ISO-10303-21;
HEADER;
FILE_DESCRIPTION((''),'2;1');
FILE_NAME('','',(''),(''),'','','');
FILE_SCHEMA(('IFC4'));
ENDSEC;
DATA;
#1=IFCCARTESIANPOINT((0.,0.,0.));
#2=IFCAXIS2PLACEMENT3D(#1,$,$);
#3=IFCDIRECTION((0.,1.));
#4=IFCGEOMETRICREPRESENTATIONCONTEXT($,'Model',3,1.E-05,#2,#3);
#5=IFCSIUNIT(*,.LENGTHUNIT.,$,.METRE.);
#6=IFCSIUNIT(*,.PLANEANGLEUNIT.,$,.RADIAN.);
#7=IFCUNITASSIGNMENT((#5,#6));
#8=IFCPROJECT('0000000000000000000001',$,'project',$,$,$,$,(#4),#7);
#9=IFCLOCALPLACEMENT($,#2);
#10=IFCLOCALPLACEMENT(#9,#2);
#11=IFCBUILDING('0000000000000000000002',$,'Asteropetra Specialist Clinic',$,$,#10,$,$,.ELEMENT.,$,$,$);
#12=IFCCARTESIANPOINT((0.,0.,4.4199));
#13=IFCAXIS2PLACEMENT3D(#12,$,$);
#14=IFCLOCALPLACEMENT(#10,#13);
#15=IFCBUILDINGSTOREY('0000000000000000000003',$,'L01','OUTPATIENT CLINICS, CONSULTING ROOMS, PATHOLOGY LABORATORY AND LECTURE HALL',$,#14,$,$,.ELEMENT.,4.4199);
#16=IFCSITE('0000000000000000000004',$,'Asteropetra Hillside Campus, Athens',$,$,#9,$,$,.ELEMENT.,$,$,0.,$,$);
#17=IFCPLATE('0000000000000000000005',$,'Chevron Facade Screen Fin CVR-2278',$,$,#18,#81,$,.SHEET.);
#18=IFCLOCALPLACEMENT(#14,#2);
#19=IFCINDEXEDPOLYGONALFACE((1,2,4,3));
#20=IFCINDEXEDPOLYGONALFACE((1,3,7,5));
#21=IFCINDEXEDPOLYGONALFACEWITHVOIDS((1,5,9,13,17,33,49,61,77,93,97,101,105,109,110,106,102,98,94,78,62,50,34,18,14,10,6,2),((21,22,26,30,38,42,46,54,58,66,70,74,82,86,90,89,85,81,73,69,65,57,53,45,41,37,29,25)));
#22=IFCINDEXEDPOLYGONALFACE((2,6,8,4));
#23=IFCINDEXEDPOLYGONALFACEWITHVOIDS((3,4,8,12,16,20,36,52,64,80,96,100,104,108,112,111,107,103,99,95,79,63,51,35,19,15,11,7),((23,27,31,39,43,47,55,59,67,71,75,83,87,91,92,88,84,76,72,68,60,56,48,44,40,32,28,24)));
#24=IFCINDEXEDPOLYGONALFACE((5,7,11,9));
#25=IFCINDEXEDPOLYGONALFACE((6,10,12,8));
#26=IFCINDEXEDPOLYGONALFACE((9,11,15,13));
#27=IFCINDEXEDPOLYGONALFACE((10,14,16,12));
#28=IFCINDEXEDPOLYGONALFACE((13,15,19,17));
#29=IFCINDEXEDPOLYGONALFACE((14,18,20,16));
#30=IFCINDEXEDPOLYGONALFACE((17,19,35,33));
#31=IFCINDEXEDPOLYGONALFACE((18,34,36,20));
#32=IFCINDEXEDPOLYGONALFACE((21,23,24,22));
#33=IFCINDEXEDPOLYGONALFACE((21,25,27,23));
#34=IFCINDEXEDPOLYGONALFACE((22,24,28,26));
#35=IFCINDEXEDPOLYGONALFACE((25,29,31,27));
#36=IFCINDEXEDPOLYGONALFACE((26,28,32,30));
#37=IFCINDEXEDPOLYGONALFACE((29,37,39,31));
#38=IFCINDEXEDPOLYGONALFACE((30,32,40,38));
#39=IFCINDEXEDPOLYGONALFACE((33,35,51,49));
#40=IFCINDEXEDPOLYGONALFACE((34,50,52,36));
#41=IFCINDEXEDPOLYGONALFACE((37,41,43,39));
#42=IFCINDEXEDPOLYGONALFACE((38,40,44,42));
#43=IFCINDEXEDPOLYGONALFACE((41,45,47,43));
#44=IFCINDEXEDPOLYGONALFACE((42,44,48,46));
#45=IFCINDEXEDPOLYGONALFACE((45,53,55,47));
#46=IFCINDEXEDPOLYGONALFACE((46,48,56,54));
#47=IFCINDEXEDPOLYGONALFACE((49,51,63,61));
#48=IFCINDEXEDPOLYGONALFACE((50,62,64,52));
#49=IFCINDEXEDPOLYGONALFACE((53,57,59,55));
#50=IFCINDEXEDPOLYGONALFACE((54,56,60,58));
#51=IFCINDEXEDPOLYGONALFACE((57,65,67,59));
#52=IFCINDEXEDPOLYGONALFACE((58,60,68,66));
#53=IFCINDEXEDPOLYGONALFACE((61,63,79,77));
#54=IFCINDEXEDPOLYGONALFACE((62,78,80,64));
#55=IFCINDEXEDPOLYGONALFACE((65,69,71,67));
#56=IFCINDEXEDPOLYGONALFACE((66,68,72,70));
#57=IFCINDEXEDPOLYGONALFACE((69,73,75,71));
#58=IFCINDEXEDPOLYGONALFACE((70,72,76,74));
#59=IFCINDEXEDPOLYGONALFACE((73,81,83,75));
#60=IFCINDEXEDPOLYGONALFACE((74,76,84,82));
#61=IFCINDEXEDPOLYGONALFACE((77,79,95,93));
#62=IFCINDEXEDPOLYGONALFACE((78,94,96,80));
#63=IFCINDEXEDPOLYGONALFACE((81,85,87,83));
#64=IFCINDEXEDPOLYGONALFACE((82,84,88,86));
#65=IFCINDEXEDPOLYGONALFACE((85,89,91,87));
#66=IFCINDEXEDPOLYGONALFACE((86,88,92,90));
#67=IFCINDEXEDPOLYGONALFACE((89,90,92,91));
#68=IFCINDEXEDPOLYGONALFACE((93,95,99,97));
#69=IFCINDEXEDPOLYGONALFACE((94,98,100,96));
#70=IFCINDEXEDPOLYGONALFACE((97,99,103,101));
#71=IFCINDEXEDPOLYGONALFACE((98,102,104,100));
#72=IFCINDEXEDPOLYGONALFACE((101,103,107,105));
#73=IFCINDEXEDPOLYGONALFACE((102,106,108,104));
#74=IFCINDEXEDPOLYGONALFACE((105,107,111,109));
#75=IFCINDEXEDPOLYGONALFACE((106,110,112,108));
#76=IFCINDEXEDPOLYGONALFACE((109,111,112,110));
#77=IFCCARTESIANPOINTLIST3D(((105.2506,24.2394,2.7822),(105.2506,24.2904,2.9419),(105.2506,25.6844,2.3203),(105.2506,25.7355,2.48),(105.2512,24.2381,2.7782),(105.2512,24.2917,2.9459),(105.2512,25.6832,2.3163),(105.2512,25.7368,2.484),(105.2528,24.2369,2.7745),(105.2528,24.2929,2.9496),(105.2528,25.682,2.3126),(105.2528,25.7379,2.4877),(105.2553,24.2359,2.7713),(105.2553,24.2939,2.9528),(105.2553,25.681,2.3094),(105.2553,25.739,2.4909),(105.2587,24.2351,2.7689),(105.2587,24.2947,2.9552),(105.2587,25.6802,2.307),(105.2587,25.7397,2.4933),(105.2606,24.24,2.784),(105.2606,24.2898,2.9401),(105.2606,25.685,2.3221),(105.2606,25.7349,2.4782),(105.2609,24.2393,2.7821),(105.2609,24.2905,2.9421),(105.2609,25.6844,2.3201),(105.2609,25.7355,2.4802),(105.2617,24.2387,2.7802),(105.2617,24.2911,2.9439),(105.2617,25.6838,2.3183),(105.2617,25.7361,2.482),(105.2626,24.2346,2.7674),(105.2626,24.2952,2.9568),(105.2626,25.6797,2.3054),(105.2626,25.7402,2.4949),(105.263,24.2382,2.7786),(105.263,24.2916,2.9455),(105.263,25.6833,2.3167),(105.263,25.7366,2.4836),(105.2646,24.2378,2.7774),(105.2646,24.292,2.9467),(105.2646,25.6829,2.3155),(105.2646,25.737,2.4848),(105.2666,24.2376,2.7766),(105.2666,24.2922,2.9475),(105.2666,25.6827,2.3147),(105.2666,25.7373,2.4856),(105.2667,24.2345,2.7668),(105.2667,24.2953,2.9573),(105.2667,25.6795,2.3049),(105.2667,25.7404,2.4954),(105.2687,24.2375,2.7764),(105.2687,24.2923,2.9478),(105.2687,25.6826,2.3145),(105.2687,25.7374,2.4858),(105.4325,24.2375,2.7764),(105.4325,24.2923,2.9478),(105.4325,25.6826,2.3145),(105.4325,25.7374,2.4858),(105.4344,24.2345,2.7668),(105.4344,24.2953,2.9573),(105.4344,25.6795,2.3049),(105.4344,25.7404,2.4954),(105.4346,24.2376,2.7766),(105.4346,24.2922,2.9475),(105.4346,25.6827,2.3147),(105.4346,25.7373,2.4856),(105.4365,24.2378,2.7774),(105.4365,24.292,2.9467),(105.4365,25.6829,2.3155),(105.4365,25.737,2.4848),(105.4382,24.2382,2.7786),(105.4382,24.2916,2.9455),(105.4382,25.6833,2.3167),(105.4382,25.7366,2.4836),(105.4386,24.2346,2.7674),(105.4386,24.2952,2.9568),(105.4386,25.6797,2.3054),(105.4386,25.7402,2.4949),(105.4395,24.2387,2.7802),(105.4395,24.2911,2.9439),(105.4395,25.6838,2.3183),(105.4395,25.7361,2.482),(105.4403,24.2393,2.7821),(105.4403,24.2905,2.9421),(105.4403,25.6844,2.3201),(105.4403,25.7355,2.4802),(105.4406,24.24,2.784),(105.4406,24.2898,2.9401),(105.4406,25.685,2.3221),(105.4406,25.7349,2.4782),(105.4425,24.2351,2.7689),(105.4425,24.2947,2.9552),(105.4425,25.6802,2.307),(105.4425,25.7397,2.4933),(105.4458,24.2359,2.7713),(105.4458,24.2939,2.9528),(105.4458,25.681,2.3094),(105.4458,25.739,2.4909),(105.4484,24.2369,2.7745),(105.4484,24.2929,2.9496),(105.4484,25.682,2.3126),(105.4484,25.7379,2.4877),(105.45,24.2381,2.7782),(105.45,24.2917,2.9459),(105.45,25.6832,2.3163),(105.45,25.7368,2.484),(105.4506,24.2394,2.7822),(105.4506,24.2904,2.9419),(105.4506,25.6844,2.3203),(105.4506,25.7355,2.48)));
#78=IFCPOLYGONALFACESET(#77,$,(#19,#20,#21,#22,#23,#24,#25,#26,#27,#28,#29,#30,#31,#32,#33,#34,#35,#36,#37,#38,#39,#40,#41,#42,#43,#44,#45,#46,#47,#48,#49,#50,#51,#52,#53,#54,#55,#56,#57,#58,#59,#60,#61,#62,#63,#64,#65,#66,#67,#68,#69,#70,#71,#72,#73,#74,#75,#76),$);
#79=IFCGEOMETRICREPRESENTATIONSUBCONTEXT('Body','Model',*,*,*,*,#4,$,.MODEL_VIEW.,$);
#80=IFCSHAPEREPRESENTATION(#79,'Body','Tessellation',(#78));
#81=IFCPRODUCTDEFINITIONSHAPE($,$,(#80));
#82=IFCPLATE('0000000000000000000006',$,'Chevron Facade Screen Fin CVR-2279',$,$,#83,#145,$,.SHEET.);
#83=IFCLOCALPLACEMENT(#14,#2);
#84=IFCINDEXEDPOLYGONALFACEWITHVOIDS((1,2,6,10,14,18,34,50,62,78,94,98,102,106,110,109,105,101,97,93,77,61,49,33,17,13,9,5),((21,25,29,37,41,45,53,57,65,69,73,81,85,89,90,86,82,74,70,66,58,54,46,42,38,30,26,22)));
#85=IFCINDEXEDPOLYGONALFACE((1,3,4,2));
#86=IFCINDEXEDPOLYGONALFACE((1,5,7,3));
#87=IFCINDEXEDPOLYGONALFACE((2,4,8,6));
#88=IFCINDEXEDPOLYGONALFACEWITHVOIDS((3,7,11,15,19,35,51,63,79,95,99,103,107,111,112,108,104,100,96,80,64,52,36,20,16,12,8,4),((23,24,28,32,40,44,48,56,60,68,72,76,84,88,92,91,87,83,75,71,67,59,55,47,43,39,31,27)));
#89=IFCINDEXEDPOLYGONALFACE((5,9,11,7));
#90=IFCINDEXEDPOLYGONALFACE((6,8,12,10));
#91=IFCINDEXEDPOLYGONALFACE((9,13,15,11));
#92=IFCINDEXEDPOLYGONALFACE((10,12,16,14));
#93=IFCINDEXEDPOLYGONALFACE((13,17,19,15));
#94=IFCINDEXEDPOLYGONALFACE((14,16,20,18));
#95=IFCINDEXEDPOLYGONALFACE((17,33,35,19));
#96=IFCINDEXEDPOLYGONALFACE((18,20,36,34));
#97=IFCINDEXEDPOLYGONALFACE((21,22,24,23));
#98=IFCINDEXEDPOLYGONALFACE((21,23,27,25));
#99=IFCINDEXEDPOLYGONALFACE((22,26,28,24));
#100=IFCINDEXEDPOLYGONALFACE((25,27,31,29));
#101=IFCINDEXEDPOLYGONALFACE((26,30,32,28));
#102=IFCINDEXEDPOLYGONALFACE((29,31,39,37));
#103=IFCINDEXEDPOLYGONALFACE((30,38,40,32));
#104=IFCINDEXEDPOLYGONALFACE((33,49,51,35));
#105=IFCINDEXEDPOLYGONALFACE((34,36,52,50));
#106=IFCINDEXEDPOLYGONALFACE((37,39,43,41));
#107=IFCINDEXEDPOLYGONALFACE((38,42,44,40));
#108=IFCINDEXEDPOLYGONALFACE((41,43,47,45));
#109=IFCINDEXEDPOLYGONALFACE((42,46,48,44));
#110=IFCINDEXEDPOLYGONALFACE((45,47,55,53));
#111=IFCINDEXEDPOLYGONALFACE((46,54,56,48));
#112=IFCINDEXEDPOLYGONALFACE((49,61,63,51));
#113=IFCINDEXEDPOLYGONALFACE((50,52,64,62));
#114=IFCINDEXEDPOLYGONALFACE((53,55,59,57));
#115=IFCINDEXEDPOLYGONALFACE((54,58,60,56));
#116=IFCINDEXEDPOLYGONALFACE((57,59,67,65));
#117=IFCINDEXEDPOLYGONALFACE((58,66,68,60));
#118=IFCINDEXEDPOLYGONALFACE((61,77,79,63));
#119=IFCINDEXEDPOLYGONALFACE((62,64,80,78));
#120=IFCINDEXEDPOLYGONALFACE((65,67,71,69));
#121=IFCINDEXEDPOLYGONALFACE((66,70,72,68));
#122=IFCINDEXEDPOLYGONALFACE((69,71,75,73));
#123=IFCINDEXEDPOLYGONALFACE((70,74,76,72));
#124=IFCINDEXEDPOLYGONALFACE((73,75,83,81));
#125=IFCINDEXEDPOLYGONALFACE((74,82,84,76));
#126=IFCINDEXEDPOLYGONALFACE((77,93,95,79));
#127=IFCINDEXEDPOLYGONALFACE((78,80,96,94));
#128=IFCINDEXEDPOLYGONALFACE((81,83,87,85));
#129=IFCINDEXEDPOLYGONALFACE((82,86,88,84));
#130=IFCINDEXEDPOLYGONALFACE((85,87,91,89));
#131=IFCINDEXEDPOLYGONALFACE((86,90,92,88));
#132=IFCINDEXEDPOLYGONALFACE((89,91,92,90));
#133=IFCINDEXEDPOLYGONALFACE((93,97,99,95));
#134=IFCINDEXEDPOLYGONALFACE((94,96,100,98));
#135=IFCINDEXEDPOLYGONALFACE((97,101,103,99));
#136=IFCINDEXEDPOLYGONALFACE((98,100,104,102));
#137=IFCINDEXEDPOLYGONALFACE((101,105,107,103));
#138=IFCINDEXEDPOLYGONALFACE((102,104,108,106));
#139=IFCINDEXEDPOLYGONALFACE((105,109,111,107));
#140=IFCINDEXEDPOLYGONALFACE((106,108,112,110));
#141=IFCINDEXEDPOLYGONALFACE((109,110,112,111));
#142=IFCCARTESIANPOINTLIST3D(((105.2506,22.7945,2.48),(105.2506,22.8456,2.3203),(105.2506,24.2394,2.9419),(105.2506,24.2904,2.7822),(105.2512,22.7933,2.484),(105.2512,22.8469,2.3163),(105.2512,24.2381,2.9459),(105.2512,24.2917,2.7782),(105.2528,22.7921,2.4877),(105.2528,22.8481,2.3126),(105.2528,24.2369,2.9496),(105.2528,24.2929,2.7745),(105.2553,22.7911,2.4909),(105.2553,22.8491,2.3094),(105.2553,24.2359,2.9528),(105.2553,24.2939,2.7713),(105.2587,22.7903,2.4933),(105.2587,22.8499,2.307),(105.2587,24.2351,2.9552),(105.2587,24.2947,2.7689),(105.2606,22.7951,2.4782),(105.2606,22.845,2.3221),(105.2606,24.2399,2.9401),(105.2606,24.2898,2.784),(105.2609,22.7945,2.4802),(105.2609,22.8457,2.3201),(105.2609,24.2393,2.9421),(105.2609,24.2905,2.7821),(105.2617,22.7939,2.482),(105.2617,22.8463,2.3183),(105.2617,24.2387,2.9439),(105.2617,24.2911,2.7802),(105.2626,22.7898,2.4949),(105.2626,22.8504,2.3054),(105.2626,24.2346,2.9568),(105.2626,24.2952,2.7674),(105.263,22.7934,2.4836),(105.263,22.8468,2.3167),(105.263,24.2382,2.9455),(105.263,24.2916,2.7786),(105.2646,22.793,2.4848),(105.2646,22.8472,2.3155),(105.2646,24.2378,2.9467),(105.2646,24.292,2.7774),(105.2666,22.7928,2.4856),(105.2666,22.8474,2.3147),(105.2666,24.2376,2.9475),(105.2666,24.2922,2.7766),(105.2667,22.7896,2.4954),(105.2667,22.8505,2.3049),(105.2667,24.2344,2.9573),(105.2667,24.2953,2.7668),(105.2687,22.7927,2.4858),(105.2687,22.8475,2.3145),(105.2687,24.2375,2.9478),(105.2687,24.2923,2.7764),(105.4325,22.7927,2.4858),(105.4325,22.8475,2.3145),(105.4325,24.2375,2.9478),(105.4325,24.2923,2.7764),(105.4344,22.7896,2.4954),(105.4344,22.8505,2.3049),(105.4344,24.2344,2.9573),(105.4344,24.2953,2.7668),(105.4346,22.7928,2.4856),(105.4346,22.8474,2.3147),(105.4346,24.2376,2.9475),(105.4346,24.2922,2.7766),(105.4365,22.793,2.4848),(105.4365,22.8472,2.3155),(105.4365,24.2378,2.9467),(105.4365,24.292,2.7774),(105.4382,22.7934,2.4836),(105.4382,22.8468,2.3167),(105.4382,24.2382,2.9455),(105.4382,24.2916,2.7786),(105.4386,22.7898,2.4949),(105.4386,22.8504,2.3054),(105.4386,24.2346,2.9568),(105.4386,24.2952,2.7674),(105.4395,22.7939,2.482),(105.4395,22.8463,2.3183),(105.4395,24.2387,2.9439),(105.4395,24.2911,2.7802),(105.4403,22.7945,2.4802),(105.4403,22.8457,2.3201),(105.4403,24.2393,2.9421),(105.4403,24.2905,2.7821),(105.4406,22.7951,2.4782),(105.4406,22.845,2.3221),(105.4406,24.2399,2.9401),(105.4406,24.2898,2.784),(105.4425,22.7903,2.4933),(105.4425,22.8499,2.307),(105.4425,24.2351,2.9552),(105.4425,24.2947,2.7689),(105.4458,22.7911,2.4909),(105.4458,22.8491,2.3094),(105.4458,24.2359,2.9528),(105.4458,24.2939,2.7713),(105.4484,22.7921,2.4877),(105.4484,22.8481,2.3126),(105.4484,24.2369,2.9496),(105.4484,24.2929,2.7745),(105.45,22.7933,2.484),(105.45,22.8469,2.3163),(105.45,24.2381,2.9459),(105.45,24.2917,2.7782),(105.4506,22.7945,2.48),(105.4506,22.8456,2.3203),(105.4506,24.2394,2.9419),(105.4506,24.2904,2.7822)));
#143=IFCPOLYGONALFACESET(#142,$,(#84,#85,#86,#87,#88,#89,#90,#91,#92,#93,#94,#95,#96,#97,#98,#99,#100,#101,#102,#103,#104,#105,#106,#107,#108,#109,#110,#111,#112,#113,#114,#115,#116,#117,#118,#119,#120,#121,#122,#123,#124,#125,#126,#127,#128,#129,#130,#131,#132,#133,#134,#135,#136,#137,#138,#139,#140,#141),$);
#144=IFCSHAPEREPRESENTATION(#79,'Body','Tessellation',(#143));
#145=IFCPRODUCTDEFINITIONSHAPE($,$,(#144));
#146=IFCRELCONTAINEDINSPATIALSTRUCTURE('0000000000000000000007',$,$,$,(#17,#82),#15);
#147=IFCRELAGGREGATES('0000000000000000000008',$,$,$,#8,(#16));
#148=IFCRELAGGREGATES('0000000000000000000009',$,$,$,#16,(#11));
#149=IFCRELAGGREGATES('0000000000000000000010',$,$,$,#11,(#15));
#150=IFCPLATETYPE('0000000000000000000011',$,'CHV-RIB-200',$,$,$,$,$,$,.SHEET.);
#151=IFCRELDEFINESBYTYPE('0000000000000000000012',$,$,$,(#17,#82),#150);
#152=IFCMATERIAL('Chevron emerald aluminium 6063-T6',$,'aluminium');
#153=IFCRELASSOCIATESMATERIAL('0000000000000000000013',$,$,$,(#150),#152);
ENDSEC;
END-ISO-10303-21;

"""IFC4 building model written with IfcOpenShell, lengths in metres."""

from ifc_helpers import new_model, si_unit, direction, frame, origin, origin_2d, place, context, subcontext, project, spatial, hollow_rectangle, extrude, material, material_profile, profile_set, type_object, element, save


model = new_model("IFC4")

# Units and contexts
model_context = context("Model", 3, precision=1e-05, world=origin(), true_north=direction((0.0, 1.0)))
body_context = subcontext(model_context, "Body", "Model", "MODEL_VIEW")
ifc_project = project(units=[si_unit("LENGTHUNIT", "METRE"), si_unit("PLANEANGLEUNIT", "RADIAN")], contexts=[model_context])

# Site, building, storey
site_placement = place(None, origin())
site = spatial("IfcSite", under=ifc_project, at=site_placement, Name="Asteropetra Hillside Campus, Athens", CompositionType="ELEMENT", RefElevation=0.0)
building_placement = place(site_placement, origin())
building = spatial("IfcBuilding", under=site, at=building_placement, Name="Asteropetra Specialist Clinic", CompositionType="ELEMENT")
storey_placement = place(building_placement, frame((0.0, 0.0, 4.4199)))
storey = spatial("IfcBuildingStorey", under=building, at=storey_placement, Name="L01", Description="OUTPATIENT CLINICS, CONSULTING ROOMS, PATHOLOGY LABORATORY AND LECTURE HALL", CompositionType="ELEMENT", Elevation=4.4199)

# Plates
ifc_material_1 = material(Name="Chevron emerald aluminium 6063-T6", Category="aluminium")
ifc_material_profile = material_profile(ifc_material_1, hollow_rectangle(XDim=0.2, YDim=0.2, WallThickness=0.01, InnerFilletRadius=0.0081, OuterFilletRadius=0.0161, at=origin_2d()), Name="SHS 200x200x10.0")
ifc_profile_set = profile_set([ifc_material_profile], Name="Chevron emerald aluminium 6063-T6")
plate_type = type_object("IfcPlateType", Name="CHV-RIB-200", PredefinedType="SHEET", material=ifc_profile_set)
plate_1_placement = place(storey_placement, frame((105.3506, 25.71, 2.4001), z_axis=(0.0, -0.952521, 0.304472), x_axis=(1.0, 0.0, 0.0)))
element("IfcPlate", 1, at=plate_1_placement, inside=storey, type_object=plate_type, Name="Chevron Facade Screen Fin CVR-2278", PredefinedType="SHEET", context=body_context, shape_type="SweptSolid", body=[
    extrude(hollow_rectangle(XDim=0.2, YDim=0.2, WallThickness=0.01, InnerFilletRadius=0.0081, OuterFilletRadius=0.0161, at=origin_2d()), origin(), (0.0, 0.0, 1.0), 1.5171),
])
plate_2_placement = place(storey_placement, frame((105.3506, 24.2649, 2.8621), z_axis=(0.0, -0.952506, -0.304519), x_axis=(1.0, 0.0, 0.0)))
element("IfcPlate", 2, at=plate_2_placement, inside=storey, type_object=plate_type, Name="Chevron Facade Screen Fin CVR-2279", PredefinedType="SHEET", context=body_context, shape_type="SweptSolid", body=[
    extrude(hollow_rectangle(XDim=0.2, YDim=0.2, WallThickness=0.01, InnerFilletRadius=0.0081, OuterFilletRadius=0.0161, at=origin_2d()), origin(), (0.0, 0.0, 1.0), 1.5168),
])

save(model, "model.ifc")
